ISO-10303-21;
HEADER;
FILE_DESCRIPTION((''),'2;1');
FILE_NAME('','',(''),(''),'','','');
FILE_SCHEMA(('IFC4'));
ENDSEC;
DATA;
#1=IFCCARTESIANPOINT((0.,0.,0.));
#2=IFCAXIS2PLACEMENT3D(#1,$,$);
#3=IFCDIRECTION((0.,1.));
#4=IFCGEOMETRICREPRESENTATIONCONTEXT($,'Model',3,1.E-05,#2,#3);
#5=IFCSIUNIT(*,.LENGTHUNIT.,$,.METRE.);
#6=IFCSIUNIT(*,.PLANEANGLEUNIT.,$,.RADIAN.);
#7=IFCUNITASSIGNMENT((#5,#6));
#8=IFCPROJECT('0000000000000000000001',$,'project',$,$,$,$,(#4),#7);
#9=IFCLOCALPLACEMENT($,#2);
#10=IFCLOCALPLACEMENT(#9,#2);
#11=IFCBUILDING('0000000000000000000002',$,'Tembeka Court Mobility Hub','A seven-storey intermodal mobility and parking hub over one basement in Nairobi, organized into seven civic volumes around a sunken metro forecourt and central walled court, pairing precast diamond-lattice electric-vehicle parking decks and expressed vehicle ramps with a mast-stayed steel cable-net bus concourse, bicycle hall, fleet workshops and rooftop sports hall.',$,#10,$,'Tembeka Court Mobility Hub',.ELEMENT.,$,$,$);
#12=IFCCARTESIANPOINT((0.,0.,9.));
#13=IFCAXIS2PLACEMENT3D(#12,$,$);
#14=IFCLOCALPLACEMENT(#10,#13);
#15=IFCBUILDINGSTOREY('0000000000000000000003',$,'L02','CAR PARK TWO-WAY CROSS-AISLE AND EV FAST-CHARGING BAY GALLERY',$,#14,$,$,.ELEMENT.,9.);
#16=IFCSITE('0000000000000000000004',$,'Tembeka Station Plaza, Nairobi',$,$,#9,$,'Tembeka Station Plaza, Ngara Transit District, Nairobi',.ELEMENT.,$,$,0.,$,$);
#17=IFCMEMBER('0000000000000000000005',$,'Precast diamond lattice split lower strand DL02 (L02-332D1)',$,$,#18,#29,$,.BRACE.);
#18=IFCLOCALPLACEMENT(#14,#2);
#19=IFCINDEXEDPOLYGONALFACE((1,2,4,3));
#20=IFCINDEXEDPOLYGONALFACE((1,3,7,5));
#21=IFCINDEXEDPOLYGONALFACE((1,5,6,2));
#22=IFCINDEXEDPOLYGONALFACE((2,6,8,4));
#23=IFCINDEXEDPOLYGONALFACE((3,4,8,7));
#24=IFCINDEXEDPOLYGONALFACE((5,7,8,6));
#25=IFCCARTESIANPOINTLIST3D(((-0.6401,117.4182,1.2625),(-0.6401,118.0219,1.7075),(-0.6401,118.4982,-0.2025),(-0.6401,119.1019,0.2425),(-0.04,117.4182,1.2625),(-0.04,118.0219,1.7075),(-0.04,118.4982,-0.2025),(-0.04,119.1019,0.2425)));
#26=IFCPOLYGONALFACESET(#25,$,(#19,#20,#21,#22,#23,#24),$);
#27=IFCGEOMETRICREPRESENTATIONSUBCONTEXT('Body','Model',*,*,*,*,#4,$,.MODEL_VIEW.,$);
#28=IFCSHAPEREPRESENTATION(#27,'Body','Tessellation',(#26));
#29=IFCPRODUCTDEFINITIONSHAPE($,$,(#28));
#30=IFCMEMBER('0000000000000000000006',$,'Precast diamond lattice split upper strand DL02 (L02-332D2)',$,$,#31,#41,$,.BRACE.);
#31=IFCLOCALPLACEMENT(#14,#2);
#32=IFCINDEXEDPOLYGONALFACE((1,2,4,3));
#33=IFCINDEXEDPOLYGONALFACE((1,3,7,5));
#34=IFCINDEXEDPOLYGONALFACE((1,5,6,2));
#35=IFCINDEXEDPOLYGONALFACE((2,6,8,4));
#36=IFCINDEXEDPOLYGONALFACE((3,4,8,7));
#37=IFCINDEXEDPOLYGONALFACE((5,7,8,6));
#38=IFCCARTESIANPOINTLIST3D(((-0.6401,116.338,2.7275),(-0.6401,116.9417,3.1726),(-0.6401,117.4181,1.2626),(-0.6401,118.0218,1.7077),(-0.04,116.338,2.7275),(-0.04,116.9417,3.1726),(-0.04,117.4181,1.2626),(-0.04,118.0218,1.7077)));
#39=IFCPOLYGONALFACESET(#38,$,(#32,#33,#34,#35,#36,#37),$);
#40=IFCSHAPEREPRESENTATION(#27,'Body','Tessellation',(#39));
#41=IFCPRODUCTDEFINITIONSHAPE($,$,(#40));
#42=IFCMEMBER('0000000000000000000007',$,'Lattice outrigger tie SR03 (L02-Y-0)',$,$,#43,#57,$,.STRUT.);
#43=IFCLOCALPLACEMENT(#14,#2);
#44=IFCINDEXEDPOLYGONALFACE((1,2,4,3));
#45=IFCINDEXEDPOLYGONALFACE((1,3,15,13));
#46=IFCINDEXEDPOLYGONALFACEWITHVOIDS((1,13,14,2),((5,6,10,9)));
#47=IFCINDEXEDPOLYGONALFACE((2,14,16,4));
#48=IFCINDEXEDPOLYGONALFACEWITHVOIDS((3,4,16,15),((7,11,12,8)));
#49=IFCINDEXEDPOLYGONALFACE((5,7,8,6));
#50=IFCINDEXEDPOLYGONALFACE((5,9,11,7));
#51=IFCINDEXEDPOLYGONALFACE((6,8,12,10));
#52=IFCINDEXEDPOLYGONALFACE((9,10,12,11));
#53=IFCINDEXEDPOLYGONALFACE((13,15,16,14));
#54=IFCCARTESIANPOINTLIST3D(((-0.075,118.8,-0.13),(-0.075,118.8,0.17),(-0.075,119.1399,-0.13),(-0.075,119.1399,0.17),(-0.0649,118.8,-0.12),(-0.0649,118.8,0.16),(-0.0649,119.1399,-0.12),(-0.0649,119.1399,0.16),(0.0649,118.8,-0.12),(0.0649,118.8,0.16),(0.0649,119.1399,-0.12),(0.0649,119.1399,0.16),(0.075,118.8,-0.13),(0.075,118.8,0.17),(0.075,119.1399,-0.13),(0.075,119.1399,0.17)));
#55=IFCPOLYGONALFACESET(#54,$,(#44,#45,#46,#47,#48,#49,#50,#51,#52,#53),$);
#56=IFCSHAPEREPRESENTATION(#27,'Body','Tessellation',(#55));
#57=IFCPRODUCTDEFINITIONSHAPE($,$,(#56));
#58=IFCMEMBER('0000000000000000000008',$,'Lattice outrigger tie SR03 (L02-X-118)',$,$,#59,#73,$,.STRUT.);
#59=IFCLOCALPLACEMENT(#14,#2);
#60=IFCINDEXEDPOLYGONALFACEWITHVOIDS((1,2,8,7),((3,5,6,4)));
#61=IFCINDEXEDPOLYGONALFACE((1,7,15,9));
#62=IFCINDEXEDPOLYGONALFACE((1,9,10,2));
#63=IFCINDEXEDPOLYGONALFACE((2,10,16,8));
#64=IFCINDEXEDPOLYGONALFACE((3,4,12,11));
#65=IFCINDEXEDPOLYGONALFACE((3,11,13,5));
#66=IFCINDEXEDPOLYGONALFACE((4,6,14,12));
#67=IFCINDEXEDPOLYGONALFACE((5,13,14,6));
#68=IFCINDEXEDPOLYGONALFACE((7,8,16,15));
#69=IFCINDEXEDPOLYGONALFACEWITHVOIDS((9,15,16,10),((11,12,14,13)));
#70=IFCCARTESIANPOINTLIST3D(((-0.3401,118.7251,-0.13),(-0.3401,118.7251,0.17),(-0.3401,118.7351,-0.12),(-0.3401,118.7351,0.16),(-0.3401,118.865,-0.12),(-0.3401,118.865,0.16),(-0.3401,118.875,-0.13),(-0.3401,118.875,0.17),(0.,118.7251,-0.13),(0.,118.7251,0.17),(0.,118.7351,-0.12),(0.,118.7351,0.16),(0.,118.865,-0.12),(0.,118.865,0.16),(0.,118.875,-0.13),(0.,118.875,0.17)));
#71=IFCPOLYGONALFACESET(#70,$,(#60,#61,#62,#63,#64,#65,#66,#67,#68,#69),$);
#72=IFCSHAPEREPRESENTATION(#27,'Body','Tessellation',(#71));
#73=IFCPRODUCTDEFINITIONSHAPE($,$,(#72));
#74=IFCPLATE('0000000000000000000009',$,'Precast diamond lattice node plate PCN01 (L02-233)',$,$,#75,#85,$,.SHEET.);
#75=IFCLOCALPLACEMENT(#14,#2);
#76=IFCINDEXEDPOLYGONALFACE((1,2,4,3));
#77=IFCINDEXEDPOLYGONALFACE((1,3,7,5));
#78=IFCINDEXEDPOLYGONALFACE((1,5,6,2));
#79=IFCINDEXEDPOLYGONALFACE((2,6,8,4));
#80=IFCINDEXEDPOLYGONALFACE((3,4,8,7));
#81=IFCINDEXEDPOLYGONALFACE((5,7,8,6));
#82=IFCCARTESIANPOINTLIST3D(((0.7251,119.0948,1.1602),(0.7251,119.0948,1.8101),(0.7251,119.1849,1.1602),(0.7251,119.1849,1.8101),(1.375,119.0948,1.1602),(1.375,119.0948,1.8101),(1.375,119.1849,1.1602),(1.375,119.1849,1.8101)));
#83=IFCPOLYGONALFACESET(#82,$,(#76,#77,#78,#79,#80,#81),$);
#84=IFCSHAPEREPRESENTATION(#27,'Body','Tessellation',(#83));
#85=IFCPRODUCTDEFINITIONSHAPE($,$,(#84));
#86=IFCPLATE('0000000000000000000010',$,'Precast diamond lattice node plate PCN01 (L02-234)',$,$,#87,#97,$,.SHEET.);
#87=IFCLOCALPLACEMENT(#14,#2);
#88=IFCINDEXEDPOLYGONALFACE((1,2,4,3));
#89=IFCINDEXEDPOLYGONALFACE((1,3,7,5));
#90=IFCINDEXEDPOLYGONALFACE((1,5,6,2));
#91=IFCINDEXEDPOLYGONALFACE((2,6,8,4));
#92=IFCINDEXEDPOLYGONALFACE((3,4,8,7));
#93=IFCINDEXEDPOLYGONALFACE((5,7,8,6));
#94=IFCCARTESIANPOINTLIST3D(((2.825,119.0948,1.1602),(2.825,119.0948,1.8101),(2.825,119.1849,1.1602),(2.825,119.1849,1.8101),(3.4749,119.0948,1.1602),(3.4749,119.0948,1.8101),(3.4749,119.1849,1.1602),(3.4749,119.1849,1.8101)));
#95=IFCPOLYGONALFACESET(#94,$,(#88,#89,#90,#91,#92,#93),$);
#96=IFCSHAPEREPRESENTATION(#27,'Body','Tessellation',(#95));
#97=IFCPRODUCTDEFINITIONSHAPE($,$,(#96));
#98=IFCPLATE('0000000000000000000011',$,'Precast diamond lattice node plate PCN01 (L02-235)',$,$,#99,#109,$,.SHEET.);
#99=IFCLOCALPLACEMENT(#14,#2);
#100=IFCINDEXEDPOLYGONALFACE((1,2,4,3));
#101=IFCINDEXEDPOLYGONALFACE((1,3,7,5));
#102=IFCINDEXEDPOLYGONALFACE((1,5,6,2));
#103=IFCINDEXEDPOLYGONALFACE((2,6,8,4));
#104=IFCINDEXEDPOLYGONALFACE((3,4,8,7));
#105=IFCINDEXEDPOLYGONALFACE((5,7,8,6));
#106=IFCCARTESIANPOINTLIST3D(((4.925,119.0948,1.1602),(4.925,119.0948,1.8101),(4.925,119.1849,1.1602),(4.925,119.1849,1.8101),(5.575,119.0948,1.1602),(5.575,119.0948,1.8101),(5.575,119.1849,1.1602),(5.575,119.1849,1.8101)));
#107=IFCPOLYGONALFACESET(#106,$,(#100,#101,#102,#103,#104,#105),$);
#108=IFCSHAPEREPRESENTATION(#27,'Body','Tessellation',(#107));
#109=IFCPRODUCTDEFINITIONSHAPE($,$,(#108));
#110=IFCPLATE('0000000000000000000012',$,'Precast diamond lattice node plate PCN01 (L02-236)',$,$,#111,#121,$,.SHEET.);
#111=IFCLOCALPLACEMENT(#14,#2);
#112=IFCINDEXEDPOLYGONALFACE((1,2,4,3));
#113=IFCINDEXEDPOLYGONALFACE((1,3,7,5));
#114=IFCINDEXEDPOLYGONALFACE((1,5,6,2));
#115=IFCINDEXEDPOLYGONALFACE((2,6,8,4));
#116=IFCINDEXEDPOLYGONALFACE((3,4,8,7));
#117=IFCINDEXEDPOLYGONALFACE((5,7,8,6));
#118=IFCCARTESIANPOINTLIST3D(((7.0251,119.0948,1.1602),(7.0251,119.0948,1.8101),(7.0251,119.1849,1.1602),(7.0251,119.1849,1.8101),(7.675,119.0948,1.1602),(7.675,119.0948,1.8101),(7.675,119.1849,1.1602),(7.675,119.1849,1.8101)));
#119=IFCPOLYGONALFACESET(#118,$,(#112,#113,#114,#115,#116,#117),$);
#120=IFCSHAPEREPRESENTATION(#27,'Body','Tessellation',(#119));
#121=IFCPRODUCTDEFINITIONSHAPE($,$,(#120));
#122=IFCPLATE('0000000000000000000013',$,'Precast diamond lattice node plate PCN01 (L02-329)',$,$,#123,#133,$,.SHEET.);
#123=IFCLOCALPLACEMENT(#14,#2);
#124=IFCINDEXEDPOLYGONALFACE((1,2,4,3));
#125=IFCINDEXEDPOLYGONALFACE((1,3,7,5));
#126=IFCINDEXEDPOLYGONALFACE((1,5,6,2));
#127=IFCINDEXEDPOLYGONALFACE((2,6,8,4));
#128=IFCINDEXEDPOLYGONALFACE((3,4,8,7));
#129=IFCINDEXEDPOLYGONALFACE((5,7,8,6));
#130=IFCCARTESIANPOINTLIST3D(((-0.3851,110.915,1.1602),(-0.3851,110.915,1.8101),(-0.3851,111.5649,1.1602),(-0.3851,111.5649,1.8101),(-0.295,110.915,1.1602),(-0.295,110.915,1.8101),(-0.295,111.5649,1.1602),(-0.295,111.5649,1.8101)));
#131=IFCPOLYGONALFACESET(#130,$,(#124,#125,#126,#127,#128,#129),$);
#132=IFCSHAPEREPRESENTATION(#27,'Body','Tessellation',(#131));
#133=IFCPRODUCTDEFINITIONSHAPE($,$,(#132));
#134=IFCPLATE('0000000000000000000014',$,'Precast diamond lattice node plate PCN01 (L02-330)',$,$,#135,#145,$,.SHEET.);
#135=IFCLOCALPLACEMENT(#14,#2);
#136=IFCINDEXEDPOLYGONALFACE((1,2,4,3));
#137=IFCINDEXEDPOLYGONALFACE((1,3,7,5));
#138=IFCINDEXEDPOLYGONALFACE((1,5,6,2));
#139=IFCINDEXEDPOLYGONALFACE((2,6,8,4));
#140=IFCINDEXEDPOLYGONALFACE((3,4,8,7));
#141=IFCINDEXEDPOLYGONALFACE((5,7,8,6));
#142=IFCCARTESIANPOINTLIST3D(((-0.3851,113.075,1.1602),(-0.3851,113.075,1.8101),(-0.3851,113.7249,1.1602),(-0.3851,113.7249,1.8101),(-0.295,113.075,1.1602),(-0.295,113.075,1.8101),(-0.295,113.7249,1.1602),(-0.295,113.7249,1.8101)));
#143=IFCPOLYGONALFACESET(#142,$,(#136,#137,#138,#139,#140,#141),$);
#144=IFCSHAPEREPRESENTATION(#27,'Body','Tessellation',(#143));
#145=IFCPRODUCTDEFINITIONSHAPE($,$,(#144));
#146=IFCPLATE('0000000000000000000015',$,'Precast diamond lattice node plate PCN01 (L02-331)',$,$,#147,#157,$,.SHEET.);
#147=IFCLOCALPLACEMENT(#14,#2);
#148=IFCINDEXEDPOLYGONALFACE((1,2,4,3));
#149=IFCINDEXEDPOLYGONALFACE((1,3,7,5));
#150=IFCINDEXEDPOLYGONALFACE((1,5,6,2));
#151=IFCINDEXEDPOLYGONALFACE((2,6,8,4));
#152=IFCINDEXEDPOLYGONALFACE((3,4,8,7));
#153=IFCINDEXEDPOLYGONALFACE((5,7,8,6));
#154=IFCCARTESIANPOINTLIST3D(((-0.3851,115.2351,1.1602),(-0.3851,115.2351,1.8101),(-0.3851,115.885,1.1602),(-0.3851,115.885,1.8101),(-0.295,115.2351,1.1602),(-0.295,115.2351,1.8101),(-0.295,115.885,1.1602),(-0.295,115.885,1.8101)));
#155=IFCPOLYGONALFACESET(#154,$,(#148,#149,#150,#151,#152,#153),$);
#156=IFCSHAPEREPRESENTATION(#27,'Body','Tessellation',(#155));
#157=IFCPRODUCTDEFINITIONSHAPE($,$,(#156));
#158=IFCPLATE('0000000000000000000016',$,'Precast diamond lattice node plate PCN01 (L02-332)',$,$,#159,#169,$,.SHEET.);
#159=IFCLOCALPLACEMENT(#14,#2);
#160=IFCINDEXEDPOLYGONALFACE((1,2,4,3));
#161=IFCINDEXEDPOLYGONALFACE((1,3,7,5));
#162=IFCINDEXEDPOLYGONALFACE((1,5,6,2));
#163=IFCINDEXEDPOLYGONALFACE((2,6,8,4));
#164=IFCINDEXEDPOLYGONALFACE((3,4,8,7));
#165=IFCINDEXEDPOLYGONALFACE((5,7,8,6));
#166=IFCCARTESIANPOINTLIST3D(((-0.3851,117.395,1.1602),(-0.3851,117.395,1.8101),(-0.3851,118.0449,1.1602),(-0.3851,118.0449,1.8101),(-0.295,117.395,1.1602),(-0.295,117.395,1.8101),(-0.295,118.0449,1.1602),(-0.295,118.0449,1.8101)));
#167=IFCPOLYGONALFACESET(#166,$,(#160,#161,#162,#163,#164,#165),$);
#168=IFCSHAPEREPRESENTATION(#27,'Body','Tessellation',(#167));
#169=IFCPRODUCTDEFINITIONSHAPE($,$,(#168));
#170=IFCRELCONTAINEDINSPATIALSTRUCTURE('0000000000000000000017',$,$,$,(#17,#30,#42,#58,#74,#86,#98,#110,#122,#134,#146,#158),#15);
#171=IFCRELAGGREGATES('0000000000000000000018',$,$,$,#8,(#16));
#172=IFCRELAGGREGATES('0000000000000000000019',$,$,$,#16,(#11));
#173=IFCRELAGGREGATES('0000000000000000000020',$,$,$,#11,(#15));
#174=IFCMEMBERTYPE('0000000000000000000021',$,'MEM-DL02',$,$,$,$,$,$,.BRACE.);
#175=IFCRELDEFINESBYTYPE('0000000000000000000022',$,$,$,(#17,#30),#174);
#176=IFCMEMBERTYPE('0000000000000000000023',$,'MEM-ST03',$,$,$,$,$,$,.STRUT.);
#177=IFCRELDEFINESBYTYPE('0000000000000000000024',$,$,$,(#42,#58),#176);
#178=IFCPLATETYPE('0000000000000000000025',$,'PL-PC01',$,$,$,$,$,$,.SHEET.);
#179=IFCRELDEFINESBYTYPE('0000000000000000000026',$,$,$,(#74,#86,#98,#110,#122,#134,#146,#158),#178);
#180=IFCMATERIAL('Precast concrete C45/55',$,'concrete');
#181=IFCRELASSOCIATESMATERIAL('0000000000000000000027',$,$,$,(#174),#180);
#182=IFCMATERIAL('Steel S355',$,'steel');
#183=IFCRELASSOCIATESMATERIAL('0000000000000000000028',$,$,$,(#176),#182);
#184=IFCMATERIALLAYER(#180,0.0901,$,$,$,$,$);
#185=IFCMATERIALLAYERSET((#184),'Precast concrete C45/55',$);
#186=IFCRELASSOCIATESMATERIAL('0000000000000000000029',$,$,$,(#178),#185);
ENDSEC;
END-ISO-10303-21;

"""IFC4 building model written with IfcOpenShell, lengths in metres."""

from ifc_helpers import new_model, si_unit, direction, frame, origin, origin_2d, place, context, subcontext, project, spatial, rectangle, hollow_rectangle, extrude, material, layer, layer_set, material_profile, profile_set, type_object, element, save


model = new_model("IFC4")

# Units and contexts
model_context = context("Model", 3, precision=1e-05, world=origin(), true_north=direction((0.0, 1.0)))
body_context = subcontext(model_context, "Body", "Model", "MODEL_VIEW")
ifc_project = project(units=[si_unit("LENGTHUNIT", "METRE"), si_unit("PLANEANGLEUNIT", "RADIAN")], contexts=[model_context])

# Site, building, storey
site_placement = place(None, origin())
site = spatial("IfcSite", under=ifc_project, at=site_placement, Name="Tembeka Station Plaza, Nairobi", LongName="Tembeka Station Plaza, Ngara Transit District, Nairobi", CompositionType="ELEMENT", RefElevation=0.0)
building_placement = place(site_placement, origin())
building = spatial("IfcBuilding", under=site, at=building_placement, Name="Tembeka Court Mobility Hub", Description="A seven-storey intermodal mobility and parking hub over one basement in Nairobi, organized into seven civic volumes around a sunken metro forecourt and central walled court, pairing precast diamond-lattice electric-vehicle parking decks and expressed vehicle ramps with a mast-stayed steel cable-net bus concourse, bicycle hall, fleet workshops and rooftop sports hall.", LongName="Tembeka Court Mobility Hub", CompositionType="ELEMENT")
storey_placement = place(building_placement, frame((0.0, 0.0, 9.0)))
storey = spatial("IfcBuildingStorey", under=building, at=storey_placement, Name="L02", Description="CAR PARK TWO-WAY CROSS-AISLE AND EV FAST-CHARGING BAY GALLERY", CompositionType="ELEMENT", Elevation=9.0)

# Shared definitions
ifc_material_1 = material(Name="Steel S355", Category="steel")

# Shared definitions
ifc_material_2 = material(Name="Precast concrete C45/55", Category="concrete")

# Members
ifc_material_profile_1 = material_profile(ifc_material_2, rectangle(XDim=0.6001, YDim=0.75, at=origin_2d()), Name="PC-DIAG 600x750")
ifc_profile_set_1 = profile_set([ifc_material_profile_1], Name="Precast concrete C45/55")
member_type_1 = type_object("IfcMemberType", Name="MEM-DL02", PredefinedType="BRACE", material=ifc_profile_set_1)
for number, where, z_axis, x_axis, name in (
    (1, (-0.3401, 118.8, 0.02), (0.0, -0.593391, 0.804914), (1.0, 0.0, 0.0), "Precast diamond lattice split lower strand DL02 (L02-332D1)"),
    (2, (-0.3401, 117.72, 1.4851), (0.0, -0.593455, 0.804867), (1.0, 0.0, 0.0), "Precast diamond lattice split upper strand DL02 (L02-332D2)"),
):
    element("IfcMember", number, at=place(storey_placement, frame(where, z_axis=z_axis, x_axis=x_axis)), inside=storey, type_object=member_type_1, Name=name, PredefinedType="BRACE", context=body_context, shape_type="SweptSolid", body=[
        extrude(rectangle(XDim=0.6001, YDim=0.75, at=origin_2d()), origin(), (0.0, 0.0, 1.0), 1.8201),
    ])
ifc_material_profile_2 = material_profile(ifc_material_1, hollow_rectangle(XDim=0.1499, YDim=0.3, WallThickness=0.01, at=origin_2d()), Name="RHS 300x150x10")
ifc_profile_set_2 = profile_set([ifc_material_profile_2], Name="Steel S355")
member_type_2 = type_object("IfcMemberType", Name="MEM-ST03", PredefinedType="STRUT", material=ifc_profile_set_2)
member_1_placement = place(storey_placement, frame((0.0, 118.8, 0.02), z_axis=(0.0, 1.0, 0.0), x_axis=(-1.0, 0.0, 0.0)))
element("IfcMember", 3, at=member_1_placement, inside=storey, type_object=member_type_2, Name="Lattice outrigger tie SR03 (L02-Y-0)", PredefinedType="STRUT", context=body_context, shape_type="SweptSolid", body=[
    extrude(hollow_rectangle(XDim=0.1499, YDim=0.3, WallThickness=0.01, at=origin_2d()), origin(), (0.0, 0.0, 1.0), 0.3398),
])
member_2_placement = place(storey_placement, frame((0.0, 118.8, 0.02), z_axis=(-1.0, 0.0, 0.0), x_axis=(0.0, -1.0, 0.0)))
element("IfcMember", 4, at=member_2_placement, inside=storey, type_object=member_type_2, Name="Lattice outrigger tie SR03 (L02-X-118)", PredefinedType="STRUT", context=body_context, shape_type="SweptSolid", body=[
    extrude(hollow_rectangle(XDim=0.1499, YDim=0.3, WallThickness=0.01, at=origin_2d()), origin(), (0.0, 0.0, 1.0), 0.3401),
])

# Plates
ifc_layer = layer(ifc_material_2, 0.0901)
ifc_layer_set = layer_set([ifc_layer], Name="Precast concrete C45/55")
plate_type = type_object("IfcPlateType", Name="PL-PC01", PredefinedType="SHEET", material=ifc_layer_set)
for number, where, z_axis, x_axis, name in (
    (5, (1.05, 119.1399, 1.1602), (0.0, 0.0, 1.0), (1.0, 0.0, 0.0), "Precast diamond lattice node plate PCN01 (L02-233)"),
    (6, (3.1499, 119.1399, 1.1602), (0.0, 0.0, 1.0), (1.0, 0.0, 0.0), "Precast diamond lattice node plate PCN01 (L02-234)"),
    (7, (5.25, 119.1399, 1.1602), (0.0, 0.0, 1.0), (1.0, 0.0, 0.0), "Precast diamond lattice node plate PCN01 (L02-235)"),
    (8, (7.3501, 119.1399, 1.1602), (0.0, 0.0, 1.0), (1.0, 0.0, 0.0), "Precast diamond lattice node plate PCN01 (L02-236)"),
):
    element("IfcPlate", number, at=place(storey_placement, frame(where, z_axis=z_axis, x_axis=x_axis)), inside=storey, type_object=plate_type, Name=name, PredefinedType="SHEET", context=body_context, shape_type="SweptSolid", body=[
        extrude(rectangle(XDim=0.6499, YDim=0.0901, at=origin_2d()), origin(), (0.0, 0.0, 1.0), 0.6499),
    ])
for number, where, z_axis, x_axis, name in (
    (9, (-0.3401, 111.24, 1.1602), (0.0, 0.0, 1.0), (1.0, 0.0, 0.0), "Precast diamond lattice node plate PCN01 (L02-329)"),
    (10, (-0.3401, 113.3999, 1.1602), (0.0, 0.0, 1.0), (1.0, 0.0, 0.0), "Precast diamond lattice node plate PCN01 (L02-330)"),
    (11, (-0.3401, 115.5601, 1.1602), (0.0, 0.0, 1.0), (1.0, 0.0, 0.0), "Precast diamond lattice node plate PCN01 (L02-331)"),
    (12, (-0.3401, 117.72, 1.1602), (0.0, 0.0, 1.0), (1.0, 0.0, 0.0), "Precast diamond lattice node plate PCN01 (L02-332)"),
):
    element("IfcPlate", number, at=place(storey_placement, frame(where, z_axis=z_axis, x_axis=x_axis)), inside=storey, type_object=plate_type, Name=name, PredefinedType="SHEET", context=body_context, shape_type="SweptSolid", body=[
        extrude(rectangle(XDim=0.0901, YDim=0.6499, at=origin_2d()), origin(), (0.0, 0.0, 1.0), 0.6499),
    ])

save(model, "model.ifc")
